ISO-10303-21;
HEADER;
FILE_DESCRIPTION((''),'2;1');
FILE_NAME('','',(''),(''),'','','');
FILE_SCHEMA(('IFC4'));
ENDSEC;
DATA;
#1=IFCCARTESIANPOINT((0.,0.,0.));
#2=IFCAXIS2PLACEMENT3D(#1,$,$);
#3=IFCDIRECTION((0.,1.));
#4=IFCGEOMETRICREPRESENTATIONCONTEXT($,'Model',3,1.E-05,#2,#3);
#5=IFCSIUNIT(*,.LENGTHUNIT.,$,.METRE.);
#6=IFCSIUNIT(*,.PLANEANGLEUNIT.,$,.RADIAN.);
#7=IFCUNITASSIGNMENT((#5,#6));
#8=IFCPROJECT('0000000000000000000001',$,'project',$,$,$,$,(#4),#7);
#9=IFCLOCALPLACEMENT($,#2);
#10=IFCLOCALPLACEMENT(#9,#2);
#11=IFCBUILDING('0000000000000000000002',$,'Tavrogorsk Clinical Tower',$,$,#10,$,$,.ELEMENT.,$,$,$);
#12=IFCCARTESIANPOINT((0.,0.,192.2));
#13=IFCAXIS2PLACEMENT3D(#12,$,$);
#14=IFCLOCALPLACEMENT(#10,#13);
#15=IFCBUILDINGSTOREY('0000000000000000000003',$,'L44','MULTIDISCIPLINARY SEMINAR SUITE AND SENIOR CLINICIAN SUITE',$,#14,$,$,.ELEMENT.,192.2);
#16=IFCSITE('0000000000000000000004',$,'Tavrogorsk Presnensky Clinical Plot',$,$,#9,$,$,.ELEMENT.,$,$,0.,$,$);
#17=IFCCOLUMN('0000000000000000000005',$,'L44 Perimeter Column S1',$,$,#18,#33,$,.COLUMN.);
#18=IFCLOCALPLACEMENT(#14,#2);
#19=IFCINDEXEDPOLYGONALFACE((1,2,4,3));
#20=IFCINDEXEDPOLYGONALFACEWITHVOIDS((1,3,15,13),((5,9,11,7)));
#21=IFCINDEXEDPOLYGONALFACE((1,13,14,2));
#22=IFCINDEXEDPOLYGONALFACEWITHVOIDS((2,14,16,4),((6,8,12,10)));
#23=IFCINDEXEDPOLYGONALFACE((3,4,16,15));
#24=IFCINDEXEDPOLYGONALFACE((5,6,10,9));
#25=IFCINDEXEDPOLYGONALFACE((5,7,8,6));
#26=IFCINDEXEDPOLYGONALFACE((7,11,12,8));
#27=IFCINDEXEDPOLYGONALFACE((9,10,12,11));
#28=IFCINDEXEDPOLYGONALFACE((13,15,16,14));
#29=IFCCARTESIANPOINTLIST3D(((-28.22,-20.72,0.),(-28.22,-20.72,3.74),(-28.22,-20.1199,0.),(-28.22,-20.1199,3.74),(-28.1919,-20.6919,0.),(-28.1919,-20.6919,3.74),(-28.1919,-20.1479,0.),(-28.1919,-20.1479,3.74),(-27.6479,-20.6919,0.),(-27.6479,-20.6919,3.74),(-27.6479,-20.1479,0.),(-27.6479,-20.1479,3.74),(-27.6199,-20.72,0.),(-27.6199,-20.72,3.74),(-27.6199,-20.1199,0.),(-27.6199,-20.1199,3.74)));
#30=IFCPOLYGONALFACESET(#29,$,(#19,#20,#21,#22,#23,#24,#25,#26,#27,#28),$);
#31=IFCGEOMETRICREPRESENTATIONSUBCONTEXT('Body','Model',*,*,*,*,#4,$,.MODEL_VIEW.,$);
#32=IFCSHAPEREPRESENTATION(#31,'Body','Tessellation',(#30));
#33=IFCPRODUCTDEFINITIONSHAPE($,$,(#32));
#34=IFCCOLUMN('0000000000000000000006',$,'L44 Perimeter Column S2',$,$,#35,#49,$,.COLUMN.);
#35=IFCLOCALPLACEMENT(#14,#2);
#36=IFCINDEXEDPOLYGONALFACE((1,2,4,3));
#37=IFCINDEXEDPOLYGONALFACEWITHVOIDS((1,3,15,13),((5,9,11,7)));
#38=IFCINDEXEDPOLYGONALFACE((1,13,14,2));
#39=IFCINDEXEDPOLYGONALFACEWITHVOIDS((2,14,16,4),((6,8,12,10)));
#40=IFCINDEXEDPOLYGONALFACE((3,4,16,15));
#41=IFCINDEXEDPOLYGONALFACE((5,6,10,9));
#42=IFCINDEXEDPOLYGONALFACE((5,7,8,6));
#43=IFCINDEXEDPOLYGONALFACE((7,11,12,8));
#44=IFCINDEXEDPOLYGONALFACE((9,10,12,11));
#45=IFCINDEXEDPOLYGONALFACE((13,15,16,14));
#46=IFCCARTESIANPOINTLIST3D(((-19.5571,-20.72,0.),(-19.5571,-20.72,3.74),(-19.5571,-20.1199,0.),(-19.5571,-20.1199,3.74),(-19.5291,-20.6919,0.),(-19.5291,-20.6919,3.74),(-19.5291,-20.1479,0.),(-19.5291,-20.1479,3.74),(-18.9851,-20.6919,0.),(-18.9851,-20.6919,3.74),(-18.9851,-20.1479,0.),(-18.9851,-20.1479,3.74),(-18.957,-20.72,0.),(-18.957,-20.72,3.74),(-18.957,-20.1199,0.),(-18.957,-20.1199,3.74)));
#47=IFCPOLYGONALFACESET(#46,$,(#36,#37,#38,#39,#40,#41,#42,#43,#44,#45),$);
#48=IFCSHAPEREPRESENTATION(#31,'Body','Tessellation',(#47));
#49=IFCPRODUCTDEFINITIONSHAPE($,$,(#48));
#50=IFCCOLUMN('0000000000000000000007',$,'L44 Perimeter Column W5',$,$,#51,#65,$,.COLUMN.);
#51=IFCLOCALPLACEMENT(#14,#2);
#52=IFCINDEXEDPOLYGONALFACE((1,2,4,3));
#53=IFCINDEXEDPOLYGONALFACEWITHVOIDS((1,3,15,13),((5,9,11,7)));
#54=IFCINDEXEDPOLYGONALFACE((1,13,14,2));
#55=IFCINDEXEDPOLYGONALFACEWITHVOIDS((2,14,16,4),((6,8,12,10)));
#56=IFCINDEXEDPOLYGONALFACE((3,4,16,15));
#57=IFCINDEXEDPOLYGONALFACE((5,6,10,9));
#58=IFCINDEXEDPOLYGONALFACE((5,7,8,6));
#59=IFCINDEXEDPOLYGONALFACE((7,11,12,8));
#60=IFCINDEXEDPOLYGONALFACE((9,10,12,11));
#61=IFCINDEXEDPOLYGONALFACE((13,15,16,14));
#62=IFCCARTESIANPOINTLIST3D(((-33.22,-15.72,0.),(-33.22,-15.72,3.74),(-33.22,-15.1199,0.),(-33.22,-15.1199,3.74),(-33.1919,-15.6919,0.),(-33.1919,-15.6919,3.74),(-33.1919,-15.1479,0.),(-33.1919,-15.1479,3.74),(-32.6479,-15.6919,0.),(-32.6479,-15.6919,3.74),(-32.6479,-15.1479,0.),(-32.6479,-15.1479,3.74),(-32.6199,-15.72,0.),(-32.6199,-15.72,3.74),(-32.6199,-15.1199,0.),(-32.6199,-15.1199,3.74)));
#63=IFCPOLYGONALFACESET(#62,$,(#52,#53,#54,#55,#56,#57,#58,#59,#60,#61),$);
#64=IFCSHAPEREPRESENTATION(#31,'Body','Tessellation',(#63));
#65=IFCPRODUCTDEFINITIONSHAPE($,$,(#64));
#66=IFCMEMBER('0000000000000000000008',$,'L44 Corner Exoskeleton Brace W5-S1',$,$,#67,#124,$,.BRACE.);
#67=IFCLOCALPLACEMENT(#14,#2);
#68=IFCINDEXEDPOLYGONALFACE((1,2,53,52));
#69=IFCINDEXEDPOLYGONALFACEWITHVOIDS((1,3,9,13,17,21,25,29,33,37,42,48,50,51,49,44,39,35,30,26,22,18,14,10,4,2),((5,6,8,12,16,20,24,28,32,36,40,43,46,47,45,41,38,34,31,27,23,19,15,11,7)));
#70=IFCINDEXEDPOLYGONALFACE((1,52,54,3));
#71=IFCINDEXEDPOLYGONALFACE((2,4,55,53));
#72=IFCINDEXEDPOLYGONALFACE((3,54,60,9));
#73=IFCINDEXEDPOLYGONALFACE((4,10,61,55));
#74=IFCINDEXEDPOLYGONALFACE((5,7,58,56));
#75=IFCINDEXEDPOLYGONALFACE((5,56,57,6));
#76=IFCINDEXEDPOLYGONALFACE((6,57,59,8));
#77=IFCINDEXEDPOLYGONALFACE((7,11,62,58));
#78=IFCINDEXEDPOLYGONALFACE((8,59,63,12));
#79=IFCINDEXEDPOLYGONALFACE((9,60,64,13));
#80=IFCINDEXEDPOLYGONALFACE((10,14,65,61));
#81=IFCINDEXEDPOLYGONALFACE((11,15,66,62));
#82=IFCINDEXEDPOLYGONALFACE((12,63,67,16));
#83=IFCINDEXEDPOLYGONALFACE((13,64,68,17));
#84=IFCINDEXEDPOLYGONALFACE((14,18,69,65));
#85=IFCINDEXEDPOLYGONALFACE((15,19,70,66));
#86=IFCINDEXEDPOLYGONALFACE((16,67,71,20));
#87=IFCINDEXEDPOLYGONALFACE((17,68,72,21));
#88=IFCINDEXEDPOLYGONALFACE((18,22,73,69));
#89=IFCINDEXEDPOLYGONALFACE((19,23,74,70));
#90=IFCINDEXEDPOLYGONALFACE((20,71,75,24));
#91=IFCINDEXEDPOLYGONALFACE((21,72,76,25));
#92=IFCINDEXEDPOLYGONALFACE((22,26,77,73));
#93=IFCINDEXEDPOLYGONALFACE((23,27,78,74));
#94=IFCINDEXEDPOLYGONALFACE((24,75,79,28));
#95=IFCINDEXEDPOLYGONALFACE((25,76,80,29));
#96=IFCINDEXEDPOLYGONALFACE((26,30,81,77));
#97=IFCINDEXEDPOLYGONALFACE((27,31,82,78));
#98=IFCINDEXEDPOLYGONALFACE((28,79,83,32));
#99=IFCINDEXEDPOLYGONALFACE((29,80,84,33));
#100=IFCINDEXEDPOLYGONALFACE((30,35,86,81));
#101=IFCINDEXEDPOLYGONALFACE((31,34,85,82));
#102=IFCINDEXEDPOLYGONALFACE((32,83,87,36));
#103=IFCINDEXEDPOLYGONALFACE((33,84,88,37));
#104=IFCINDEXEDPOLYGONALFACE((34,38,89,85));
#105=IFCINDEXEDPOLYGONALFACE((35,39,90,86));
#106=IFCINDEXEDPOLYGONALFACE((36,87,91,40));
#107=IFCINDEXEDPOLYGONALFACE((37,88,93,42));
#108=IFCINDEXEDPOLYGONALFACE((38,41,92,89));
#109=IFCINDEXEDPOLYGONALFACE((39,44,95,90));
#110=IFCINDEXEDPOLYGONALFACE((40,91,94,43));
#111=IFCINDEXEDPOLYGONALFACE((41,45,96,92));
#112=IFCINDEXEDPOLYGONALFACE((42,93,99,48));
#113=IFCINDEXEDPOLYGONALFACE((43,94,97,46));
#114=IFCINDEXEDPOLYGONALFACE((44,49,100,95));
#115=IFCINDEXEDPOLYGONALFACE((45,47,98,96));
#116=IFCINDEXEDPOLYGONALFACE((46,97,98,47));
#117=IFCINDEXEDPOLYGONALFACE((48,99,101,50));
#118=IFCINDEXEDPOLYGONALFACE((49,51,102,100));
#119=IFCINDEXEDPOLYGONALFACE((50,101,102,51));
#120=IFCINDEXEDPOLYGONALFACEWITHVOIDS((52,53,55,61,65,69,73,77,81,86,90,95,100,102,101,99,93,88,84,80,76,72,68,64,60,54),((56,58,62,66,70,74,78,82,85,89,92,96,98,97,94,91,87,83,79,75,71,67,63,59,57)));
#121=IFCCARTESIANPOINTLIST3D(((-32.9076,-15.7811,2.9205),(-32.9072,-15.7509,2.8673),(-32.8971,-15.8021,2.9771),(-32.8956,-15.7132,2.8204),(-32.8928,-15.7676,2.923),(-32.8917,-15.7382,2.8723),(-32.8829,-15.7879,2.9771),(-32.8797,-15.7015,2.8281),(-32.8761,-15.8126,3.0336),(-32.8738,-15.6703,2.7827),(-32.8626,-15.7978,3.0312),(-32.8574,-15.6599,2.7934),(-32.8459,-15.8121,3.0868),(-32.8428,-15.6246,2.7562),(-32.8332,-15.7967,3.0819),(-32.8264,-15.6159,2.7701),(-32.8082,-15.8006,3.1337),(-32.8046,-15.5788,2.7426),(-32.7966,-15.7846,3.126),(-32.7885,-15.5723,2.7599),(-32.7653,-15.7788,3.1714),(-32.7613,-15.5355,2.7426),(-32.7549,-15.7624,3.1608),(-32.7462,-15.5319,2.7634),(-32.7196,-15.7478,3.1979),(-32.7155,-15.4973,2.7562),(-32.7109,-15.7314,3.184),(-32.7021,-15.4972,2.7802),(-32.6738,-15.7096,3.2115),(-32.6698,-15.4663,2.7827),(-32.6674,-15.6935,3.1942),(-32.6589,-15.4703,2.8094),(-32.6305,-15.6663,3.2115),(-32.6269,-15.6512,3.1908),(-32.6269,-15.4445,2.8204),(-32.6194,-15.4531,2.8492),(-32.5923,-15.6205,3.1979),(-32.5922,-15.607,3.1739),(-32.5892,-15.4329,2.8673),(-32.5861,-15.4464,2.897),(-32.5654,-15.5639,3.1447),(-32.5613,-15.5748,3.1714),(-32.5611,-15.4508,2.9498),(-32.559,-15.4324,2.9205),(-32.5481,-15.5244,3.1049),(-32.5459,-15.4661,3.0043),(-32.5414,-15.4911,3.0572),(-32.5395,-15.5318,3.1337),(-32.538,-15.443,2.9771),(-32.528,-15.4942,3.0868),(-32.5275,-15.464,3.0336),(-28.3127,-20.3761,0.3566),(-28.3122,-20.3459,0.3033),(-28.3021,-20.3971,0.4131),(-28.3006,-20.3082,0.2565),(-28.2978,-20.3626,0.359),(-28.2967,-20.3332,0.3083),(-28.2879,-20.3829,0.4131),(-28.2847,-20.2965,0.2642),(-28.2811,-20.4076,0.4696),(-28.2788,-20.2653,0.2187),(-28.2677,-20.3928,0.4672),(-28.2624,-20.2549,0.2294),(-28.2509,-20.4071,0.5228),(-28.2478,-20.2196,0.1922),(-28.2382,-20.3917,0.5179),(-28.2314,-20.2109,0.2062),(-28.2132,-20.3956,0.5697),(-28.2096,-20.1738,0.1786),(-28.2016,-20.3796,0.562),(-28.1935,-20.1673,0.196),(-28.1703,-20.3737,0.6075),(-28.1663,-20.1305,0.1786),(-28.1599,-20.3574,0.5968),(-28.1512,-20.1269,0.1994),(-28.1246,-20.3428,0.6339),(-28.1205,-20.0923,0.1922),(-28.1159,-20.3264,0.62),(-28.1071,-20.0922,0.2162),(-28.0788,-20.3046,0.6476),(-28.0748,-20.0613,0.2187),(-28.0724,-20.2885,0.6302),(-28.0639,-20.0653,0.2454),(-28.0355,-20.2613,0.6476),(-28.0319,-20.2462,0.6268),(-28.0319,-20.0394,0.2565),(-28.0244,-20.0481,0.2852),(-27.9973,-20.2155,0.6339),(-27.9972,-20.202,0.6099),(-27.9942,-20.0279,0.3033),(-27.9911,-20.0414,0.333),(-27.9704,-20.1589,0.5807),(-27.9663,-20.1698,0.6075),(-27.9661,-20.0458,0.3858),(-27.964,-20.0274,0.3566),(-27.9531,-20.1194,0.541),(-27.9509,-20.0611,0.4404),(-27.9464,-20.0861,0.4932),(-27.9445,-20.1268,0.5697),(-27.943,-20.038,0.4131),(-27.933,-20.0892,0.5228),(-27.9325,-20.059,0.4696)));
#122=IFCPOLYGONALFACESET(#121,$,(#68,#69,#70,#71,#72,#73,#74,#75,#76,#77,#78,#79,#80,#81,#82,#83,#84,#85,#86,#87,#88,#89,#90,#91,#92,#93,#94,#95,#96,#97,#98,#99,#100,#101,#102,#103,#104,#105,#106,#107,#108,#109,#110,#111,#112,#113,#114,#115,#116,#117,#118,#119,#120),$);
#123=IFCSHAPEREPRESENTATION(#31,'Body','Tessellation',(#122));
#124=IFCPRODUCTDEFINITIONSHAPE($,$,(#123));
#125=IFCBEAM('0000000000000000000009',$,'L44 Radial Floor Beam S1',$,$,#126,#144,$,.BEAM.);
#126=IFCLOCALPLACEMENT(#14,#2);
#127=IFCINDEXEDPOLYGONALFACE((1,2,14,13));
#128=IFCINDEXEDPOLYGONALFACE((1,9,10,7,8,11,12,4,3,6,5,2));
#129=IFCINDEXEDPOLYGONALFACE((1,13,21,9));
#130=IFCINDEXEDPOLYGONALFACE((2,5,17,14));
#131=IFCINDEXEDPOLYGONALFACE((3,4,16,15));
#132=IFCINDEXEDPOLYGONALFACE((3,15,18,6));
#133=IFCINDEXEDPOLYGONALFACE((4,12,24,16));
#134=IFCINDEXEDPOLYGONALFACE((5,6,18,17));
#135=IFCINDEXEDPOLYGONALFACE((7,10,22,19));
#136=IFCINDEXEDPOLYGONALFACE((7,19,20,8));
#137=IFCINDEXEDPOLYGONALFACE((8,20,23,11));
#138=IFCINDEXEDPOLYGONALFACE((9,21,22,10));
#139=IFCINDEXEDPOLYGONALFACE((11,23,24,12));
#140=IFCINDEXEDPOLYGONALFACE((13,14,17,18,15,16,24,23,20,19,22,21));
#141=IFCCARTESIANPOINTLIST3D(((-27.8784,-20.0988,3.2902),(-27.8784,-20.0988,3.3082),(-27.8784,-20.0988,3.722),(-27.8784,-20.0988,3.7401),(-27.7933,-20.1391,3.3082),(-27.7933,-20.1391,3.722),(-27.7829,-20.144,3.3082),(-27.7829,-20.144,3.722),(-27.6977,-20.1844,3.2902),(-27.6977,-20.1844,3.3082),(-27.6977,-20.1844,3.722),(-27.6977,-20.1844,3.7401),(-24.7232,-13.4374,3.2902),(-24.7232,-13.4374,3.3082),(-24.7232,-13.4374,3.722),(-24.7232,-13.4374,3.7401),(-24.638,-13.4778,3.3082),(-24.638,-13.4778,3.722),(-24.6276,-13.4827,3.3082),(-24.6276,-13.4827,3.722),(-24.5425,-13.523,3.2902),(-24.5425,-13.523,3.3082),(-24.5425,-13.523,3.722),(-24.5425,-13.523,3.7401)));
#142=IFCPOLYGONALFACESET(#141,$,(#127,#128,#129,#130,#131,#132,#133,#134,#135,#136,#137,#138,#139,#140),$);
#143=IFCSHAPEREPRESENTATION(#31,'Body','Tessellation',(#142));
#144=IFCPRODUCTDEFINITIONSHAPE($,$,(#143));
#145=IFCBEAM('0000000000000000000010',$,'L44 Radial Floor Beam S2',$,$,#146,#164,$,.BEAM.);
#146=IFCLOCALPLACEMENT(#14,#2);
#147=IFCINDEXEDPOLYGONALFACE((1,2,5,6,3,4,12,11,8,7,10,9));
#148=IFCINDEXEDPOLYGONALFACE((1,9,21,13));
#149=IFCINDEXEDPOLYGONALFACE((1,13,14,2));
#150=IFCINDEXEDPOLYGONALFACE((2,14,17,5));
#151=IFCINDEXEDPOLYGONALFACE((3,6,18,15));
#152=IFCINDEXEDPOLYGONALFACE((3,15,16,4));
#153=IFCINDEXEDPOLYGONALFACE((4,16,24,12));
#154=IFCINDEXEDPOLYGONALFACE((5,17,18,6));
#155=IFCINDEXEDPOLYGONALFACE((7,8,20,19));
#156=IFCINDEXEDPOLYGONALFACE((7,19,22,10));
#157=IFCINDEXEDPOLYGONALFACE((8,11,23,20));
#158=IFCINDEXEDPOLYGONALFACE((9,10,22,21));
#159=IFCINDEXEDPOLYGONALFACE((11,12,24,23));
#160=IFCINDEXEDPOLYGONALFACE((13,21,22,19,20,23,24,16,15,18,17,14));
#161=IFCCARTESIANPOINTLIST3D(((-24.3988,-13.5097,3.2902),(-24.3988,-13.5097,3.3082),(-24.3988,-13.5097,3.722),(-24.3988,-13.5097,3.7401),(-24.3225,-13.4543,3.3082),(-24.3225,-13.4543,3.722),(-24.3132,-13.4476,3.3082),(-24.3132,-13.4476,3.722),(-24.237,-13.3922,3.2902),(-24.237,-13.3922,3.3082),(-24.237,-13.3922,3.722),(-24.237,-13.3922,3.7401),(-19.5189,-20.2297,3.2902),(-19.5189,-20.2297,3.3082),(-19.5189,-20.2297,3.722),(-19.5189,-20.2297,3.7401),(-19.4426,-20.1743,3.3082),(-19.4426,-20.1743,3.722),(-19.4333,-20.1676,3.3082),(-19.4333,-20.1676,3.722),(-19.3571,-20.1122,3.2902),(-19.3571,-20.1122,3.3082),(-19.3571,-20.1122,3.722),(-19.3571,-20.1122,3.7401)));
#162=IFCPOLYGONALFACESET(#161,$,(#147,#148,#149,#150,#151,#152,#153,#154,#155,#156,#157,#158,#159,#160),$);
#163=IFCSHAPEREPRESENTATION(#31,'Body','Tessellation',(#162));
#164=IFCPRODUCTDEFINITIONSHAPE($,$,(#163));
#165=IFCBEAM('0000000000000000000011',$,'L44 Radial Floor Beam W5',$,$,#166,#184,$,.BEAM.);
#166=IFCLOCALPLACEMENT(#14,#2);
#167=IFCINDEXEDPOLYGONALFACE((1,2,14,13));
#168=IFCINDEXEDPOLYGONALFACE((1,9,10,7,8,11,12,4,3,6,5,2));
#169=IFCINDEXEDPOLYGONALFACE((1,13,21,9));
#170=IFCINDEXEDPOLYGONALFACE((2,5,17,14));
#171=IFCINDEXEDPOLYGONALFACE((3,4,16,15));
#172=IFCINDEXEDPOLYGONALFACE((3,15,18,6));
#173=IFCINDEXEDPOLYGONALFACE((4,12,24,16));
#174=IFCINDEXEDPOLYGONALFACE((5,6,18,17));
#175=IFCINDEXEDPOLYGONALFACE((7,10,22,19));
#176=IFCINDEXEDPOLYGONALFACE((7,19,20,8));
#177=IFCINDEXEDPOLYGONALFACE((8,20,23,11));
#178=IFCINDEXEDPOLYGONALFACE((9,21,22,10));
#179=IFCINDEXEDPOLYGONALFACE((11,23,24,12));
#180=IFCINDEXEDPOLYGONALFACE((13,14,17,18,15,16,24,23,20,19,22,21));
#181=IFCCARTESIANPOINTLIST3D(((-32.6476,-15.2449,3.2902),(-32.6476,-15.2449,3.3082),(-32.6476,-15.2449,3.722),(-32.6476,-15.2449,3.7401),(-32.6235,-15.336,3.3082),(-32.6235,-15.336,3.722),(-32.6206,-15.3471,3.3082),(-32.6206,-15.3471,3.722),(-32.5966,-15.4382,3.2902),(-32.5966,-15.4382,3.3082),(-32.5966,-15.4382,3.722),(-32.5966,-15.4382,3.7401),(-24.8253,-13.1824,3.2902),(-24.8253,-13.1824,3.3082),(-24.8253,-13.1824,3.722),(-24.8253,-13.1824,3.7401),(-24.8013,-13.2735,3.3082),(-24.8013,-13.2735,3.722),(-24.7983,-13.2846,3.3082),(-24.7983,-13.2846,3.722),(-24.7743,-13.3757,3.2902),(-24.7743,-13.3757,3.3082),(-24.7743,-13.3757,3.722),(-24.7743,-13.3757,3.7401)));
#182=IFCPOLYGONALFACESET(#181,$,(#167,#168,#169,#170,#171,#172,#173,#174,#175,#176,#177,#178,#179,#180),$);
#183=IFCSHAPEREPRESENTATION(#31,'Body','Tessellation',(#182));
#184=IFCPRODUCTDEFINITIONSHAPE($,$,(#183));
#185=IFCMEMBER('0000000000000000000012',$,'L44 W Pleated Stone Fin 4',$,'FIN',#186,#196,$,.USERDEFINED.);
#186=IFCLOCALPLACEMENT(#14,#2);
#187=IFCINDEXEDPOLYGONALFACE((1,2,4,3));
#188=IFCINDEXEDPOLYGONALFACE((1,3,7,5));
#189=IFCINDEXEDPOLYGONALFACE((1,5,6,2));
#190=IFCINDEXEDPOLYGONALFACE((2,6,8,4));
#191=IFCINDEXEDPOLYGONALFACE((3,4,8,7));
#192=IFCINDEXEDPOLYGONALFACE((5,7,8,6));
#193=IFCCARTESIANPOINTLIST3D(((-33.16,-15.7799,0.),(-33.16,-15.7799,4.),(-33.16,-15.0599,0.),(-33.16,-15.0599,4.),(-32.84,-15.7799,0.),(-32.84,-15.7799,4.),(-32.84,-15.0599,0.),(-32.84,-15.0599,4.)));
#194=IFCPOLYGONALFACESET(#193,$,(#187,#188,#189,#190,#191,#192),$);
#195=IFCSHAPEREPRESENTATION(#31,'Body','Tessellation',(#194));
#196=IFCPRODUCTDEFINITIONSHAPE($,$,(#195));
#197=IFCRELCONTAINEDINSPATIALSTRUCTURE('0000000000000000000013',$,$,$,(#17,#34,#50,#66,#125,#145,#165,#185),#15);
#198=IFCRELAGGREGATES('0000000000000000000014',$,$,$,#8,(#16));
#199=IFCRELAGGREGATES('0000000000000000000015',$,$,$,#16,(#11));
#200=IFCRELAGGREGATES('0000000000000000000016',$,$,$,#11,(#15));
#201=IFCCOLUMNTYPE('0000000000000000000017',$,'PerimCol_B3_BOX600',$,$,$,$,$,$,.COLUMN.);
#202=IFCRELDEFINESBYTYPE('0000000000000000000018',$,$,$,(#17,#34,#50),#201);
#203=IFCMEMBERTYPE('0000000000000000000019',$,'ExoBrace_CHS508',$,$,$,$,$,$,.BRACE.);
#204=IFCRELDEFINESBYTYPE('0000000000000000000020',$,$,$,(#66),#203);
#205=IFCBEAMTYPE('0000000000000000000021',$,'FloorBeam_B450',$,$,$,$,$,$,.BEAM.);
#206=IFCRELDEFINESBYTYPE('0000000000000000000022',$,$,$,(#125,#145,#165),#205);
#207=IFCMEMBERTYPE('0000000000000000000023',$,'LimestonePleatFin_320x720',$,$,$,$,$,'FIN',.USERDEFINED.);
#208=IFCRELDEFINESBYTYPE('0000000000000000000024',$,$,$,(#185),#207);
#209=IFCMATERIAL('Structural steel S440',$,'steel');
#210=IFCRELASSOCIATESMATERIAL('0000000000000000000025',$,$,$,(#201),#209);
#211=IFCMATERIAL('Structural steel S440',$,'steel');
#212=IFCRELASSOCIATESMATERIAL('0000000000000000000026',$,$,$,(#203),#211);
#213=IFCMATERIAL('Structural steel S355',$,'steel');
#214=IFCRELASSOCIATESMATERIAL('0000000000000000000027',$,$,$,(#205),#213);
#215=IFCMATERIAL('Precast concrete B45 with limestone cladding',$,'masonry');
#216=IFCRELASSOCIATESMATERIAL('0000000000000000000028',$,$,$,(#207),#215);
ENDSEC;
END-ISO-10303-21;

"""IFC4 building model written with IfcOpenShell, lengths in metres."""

from ifc_helpers import new_model, si_unit, direction, frame, origin, origin_2d, place, context, subcontext, project, spatial, rectangle, hollow_rectangle, hollow_circle, i_section, extrude, material, material_profile, profile_set, type_object, element, save


model = new_model("IFC4")

# Units and contexts
model_context = context("Model", 3, precision=1e-05, world=origin(), true_north=direction((0.0, 1.0)))
body_context = subcontext(model_context, "Body", "Model", "MODEL_VIEW")
ifc_project = project(units=[si_unit("LENGTHUNIT", "METRE"), si_unit("PLANEANGLEUNIT", "RADIAN")], contexts=[model_context])

# Site, building, storey
site_placement = place(None, origin())
site = spatial("IfcSite", under=ifc_project, at=site_placement, Name="Tavrogorsk Presnensky Clinical Plot", CompositionType="ELEMENT", RefElevation=0.0)
building_placement = place(site_placement, origin())
building = spatial("IfcBuilding", under=site, at=building_placement, Name="Tavrogorsk Clinical Tower", CompositionType="ELEMENT")
storey_placement = place(building_placement, frame((0.0, 0.0, 192.2)))
storey = spatial("IfcBuildingStorey", under=building, at=storey_placement, Name="L44", Description="MULTIDISCIPLINARY SEMINAR SUITE AND SENIOR CLINICIAN SUITE", CompositionType="ELEMENT", Elevation=192.2)

# Columns
ifc_material_1 = material(Name="Structural steel S440", Category="steel")
ifc_material_profile_1 = material_profile(ifc_material_1, hollow_rectangle(XDim=0.6001, YDim=0.6001, WallThickness=0.0281, at=origin_2d()), Name="BOX-600x600x28")
ifc_profile_set_1 = profile_set([ifc_material_profile_1], Name="Structural steel S440")
column_type = type_object("IfcColumnType", Name="PerimCol_B3_BOX600", PredefinedType="COLUMN", material=ifc_profile_set_1)
for number, where, z_axis, x_axis, name in (
    (1, (-27.9199, -20.4199, 0.0), (0.0, 0.0, 1.0), (1.0, 0.0, 0.0), "L44 Perimeter Column S1"),
    (2, (-19.2571, -20.4199, 0.0), (0.0, 0.0, 1.0), (1.0, 0.0, 0.0), "L44 Perimeter Column S2"),
    (3, (-32.9199, -15.4199, 0.0), (0.0, 0.0, 1.0), (1.0, 0.0, 0.0), "L44 Perimeter Column W5"),
):
    element("IfcColumn", number, at=place(storey_placement, frame(where, z_axis=z_axis, x_axis=x_axis)), inside=storey, type_object=column_type, Name=name, PredefinedType="COLUMN", context=body_context, shape_type="SweptSolid", body=[
        extrude(hollow_rectangle(XDim=0.6001, YDim=0.6001, WallThickness=0.0281, at=origin_2d()), origin(), (0.0, 0.0, 1.0), 3.74),
    ])

# Member
ifc_material_2 = material(Name="Structural steel S440", Category="steel")
ifc_material_profile_2 = material_profile(ifc_material_2, hollow_circle(Radius=0.2539, WallThickness=0.02, at=origin_2d()), Name="CHS-508x20")
ifc_profile_set_2 = profile_set([ifc_material_profile_2], Name="Structural steel S440")
member_type_1 = type_object("IfcMemberType", Name="ExoBrace_CHS508", PredefinedType="BRACE", material=ifc_profile_set_2)
member_1_placement = place(storey_placement, frame((-28.1226, -20.2175, 0.4131), z_axis=(-0.657759, 0.657759, 0.367025), x_axis=(-0.707107, -0.707107, 0.0)))
element("IfcMember", 4, at=member_1_placement, inside=storey, type_object=member_type_1, Name="L44 Corner Exoskeleton Brace W5-S1", PredefinedType="BRACE", context=body_context, shape_type="SweptSolid", body=[
    extrude(hollow_circle(Radius=0.2539, WallThickness=0.02, at=origin_2d()), origin(), (0.0, 0.0, 1.0), 6.9858),
])

# Beams
ifc_material_3 = material(Name="Structural steel S355", Category="steel")
ifc_material_profile_3 = material_profile(ifc_material_3, i_section(OverallWidth=0.2, OverallDepth=0.45, WebThickness=0.0115, FlangeThickness=0.0181, at=origin_2d()), Name="B-450x200x11.5x18")
ifc_profile_set_3 = profile_set([ifc_material_profile_3], Name="Structural steel S355")
beam_type_1 = type_object("IfcBeamType", Name="FloorBeam_B450", PredefinedType="BEAM", material=ifc_profile_set_3)
beam_1_placement = place(storey_placement, frame((-24.6328, -13.4802, 3.5151), z_axis=(-0.428074, -0.903744, 0.0), x_axis=(0.903744, -0.428074, 0.0)))
element("IfcBeam", 5, at=beam_1_placement, inside=storey, type_object=beam_type_1, Name="L44 Radial Floor Beam S1", PredefinedType="BEAM", context=body_context, shape_type="SweptSolid", body=[
    extrude(i_section(OverallWidth=0.2, OverallDepth=0.45, WebThickness=0.0115, FlangeThickness=0.0181, at=origin_2d()), origin(), (0.0, 0.0, 1.0), 7.3708),
])
beam_2_placement = place(storey_placement, frame((-24.3179, -13.4509, 3.5151), z_axis=(0.587591, -0.809158, 0.0), x_axis=(0.809158, 0.587591, 0.0)))
element("IfcBeam", 6, at=beam_2_placement, inside=storey, type_object=beam_type_1, Name="L44 Radial Floor Beam S2", PredefinedType="BEAM", context=body_context, shape_type="SweptSolid", body=[
    extrude(i_section(OverallWidth=0.2, OverallDepth=0.45, WebThickness=0.0115, FlangeThickness=0.0181, at=origin_2d()), origin(), (0.0, 0.0, 1.0), 8.3049),
])
beam_3_placement = place(storey_placement, frame((-24.7998, -13.2791, 3.5151), z_axis=(-0.966952, -0.254957, 0.0), x_axis=(0.254957, -0.966952, 0.0)))
element("IfcBeam", 7, at=beam_3_placement, inside=storey, type_object=beam_type_1, Name="L44 Radial Floor Beam W5", PredefinedType="BEAM", context=body_context, shape_type="SweptSolid", body=[
    extrude(i_section(OverallWidth=0.2, OverallDepth=0.45, WebThickness=0.0115, FlangeThickness=0.0181, at=origin_2d()), origin(), (0.0, 0.0, 1.0), 8.0896),
])

# Member
ifc_material_4 = material(Name="Precast concrete B45 with limestone cladding", Category="masonry")
ifc_material_profile_4 = material_profile(ifc_material_4, rectangle(XDim=0.3201, YDim=0.72, at=origin_2d()), Name="LIMESTONE-FIN-320x720")
ifc_profile_set_4 = profile_set([ifc_material_profile_4], Name="Precast concrete B45 with limestone cladding")
member_type_2 = type_object("IfcMemberType", Name="LimestonePleatFin_320x720", ElementType="FIN", PredefinedType="USERDEFINED", material=ifc_profile_set_4)
member_2_placement = place(storey_placement, frame((-33.0, -15.4199, 0.0), z_axis=(0.0, 0.0, 1.0), x_axis=(1.0, 0.0, 0.0)))
element("IfcMember", 8, at=member_2_placement, inside=storey, type_object=member_type_2, Name="L44 W Pleated Stone Fin 4", ObjectType="FIN", PredefinedType="USERDEFINED", context=body_context, shape_type="SweptSolid", body=[
    extrude(rectangle(XDim=0.3201, YDim=0.72, at=origin_2d()), origin(), (0.0, 0.0, 1.0), 4.0),
])

save(model, "model.ifc")
